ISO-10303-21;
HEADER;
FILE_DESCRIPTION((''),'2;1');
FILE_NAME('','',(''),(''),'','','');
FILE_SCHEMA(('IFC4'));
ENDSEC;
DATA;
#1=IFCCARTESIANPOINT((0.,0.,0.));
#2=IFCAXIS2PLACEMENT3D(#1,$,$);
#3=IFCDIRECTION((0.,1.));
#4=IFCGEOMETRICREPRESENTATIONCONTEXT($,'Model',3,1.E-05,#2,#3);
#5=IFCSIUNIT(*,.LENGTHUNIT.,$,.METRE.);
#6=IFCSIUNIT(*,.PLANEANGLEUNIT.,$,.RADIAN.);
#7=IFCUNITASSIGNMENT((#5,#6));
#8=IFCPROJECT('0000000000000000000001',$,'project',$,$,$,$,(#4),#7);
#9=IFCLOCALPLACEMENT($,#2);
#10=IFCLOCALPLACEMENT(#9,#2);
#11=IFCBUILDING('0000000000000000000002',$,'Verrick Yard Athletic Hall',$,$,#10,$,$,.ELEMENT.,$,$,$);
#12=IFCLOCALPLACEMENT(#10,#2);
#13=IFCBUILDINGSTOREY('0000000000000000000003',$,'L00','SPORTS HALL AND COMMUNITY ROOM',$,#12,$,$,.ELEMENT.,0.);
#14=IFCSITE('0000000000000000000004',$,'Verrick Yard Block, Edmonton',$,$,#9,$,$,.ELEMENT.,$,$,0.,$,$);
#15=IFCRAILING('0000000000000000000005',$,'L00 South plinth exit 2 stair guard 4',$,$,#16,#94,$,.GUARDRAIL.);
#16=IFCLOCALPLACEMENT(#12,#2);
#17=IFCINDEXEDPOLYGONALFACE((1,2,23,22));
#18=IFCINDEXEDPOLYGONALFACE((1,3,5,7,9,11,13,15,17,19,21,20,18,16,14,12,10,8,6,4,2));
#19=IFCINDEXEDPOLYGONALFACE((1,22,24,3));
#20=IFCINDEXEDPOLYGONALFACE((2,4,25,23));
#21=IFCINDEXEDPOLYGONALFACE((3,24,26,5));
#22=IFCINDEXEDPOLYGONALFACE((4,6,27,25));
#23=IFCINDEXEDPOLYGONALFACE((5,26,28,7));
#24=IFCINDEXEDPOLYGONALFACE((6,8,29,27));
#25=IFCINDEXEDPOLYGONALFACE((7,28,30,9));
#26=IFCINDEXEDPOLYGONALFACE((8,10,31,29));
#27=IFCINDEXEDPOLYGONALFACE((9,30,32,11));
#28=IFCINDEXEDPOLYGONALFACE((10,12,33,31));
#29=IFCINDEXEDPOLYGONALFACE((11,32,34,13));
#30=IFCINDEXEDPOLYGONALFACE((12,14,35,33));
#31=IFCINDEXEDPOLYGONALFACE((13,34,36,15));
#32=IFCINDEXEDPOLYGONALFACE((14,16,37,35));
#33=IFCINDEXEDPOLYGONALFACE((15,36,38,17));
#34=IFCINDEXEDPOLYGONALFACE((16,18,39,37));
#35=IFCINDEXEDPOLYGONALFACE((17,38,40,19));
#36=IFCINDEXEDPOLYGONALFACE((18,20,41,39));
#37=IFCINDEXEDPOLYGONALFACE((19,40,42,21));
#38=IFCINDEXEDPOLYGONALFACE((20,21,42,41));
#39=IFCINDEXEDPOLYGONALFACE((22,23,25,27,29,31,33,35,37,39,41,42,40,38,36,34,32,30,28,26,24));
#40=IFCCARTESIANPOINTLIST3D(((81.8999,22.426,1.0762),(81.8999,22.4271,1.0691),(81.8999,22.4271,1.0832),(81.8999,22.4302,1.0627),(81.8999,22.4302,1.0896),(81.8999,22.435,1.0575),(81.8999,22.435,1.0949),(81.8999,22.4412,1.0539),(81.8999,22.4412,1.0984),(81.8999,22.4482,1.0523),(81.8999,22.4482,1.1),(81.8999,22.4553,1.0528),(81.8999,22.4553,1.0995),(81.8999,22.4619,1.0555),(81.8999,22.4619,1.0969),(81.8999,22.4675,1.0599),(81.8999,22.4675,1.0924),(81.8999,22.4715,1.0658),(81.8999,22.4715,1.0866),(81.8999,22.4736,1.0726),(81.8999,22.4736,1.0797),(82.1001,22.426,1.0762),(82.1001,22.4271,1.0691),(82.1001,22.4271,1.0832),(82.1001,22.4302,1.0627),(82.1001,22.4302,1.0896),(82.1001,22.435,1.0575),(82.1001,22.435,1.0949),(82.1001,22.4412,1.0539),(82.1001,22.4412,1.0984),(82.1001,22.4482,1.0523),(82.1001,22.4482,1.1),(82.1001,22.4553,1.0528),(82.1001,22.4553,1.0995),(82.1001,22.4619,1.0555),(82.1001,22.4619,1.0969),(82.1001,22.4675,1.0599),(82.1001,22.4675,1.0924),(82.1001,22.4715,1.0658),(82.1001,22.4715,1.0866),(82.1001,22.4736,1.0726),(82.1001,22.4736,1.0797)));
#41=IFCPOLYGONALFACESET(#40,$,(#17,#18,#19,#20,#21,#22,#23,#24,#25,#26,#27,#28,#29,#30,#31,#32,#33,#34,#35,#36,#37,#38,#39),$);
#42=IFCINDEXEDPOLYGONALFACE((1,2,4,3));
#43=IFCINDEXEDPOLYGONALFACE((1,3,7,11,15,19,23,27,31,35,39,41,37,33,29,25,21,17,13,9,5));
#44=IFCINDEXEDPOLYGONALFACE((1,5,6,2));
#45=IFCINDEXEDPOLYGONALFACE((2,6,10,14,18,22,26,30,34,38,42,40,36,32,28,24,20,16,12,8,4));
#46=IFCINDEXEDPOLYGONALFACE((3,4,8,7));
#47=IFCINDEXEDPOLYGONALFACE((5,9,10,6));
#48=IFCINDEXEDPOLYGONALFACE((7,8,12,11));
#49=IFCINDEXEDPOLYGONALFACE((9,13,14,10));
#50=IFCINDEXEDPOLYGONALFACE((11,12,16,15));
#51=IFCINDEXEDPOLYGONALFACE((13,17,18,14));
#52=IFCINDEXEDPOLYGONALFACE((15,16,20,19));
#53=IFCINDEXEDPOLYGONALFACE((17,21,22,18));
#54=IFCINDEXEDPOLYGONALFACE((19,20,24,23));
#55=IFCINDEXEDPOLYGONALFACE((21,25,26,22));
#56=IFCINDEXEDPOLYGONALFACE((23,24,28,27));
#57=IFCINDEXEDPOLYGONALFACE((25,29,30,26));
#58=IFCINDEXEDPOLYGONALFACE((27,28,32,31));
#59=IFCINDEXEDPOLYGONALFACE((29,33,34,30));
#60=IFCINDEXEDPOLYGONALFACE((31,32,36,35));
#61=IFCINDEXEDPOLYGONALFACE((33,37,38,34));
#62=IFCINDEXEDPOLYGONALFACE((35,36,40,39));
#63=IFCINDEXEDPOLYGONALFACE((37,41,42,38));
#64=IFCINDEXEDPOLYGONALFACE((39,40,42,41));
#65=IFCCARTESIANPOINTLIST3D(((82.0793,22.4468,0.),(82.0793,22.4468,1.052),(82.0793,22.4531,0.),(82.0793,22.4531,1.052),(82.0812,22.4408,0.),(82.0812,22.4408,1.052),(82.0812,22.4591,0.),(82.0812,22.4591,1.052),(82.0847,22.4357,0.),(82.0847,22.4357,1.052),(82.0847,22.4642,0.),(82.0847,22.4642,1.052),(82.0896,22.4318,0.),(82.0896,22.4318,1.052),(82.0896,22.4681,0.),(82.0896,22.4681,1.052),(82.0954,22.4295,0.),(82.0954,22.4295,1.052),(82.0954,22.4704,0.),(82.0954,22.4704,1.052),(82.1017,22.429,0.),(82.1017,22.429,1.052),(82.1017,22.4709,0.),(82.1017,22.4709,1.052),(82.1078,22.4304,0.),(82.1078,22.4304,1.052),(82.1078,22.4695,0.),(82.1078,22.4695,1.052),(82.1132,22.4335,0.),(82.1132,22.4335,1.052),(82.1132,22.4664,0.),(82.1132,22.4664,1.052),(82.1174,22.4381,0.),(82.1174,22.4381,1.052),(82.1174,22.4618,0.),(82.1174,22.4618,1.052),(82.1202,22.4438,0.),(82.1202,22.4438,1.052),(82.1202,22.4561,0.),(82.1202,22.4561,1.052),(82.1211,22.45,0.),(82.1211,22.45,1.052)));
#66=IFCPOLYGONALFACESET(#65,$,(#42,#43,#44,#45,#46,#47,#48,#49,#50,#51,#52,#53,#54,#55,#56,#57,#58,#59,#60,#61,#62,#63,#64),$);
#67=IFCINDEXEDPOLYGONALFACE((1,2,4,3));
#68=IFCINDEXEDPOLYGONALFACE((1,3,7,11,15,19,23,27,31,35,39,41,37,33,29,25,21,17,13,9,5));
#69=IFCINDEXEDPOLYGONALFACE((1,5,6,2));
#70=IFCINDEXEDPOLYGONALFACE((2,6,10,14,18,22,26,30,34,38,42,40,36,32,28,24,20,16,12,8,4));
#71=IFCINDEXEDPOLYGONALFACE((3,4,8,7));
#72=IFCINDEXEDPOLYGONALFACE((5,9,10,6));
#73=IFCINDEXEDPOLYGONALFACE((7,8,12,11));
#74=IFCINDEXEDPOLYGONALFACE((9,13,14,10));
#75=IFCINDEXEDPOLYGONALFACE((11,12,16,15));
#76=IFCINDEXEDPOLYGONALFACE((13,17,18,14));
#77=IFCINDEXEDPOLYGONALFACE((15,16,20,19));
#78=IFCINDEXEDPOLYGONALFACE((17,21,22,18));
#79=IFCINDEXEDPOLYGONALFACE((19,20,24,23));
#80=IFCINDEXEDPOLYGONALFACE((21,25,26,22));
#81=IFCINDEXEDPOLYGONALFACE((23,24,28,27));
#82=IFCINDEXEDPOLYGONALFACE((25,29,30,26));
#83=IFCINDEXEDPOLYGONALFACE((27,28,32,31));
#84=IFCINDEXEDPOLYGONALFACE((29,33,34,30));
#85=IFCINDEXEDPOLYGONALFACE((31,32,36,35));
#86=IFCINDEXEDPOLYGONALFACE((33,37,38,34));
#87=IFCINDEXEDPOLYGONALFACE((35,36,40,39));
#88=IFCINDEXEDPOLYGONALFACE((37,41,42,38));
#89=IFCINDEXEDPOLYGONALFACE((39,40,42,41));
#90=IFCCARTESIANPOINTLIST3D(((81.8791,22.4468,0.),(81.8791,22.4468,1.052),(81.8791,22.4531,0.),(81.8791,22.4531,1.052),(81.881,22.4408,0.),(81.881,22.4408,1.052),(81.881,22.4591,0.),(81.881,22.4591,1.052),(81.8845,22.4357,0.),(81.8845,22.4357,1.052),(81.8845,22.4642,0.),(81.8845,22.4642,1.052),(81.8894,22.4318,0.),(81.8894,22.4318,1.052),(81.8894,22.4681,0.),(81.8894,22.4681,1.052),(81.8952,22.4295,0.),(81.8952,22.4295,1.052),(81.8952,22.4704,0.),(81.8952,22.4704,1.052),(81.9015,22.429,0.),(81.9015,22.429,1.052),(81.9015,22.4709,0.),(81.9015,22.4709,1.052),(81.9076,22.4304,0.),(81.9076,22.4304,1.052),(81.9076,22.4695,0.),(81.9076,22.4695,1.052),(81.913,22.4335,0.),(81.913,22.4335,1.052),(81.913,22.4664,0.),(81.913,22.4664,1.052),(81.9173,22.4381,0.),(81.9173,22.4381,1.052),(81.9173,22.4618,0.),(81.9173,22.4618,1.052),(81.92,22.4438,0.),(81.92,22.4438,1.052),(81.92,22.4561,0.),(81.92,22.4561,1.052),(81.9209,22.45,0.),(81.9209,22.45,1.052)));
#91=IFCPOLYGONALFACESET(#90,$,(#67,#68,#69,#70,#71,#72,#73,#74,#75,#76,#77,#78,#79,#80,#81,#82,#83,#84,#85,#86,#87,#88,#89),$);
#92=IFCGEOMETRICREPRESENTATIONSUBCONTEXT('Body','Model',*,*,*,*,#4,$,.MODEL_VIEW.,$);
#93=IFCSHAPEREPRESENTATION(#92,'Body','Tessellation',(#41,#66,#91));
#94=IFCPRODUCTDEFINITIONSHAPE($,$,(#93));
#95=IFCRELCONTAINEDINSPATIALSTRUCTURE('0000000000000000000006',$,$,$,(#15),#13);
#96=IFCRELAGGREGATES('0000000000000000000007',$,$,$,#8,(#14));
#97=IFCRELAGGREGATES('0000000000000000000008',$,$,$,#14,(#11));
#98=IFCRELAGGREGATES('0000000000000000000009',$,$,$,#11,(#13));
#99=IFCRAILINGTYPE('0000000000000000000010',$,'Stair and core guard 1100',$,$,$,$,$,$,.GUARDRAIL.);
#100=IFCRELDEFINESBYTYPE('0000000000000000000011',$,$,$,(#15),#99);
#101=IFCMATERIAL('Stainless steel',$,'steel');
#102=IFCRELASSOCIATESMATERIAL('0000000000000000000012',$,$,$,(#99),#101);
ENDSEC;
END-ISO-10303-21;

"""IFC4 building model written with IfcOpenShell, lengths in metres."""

from ifc_helpers import new_model, si_unit, direction, frame, origin, origin_2d, place, context, subcontext, project, spatial, circle, extrude, material, type_object, element, save


model = new_model("IFC4")

# Units and contexts
model_context = context("Model", 3, precision=1e-05, world=origin(), true_north=direction((0.0, 1.0)))
body_context = subcontext(model_context, "Body", "Model", "MODEL_VIEW")
ifc_project = project(units=[si_unit("LENGTHUNIT", "METRE"), si_unit("PLANEANGLEUNIT", "RADIAN")], contexts=[model_context])

# Site, building, storey
site_placement = place(None, origin())
site = spatial("IfcSite", under=ifc_project, at=site_placement, Name="Verrick Yard Block, Edmonton", CompositionType="ELEMENT", RefElevation=0.0)
building_placement = place(site_placement, origin())
building = spatial("IfcBuilding", under=site, at=building_placement, Name="Verrick Yard Athletic Hall", CompositionType="ELEMENT")
storey_placement = place(building_placement, origin())
storey = spatial("IfcBuildingStorey", under=building, at=storey_placement, Name="L00", Description="SPORTS HALL AND COMMUNITY ROOM", CompositionType="ELEMENT", Elevation=0.0)

# Railing
ifc_material_1 = material(Name="Stainless steel", Category="steel")
railing_type_1 = type_object("IfcRailingType", Name="Stair and core guard 1100", PredefinedType="GUARDRAIL", material=ifc_material_1)
railing_1_placement = place(storey_placement, frame((82.1001, 22.45, 0.0)))
element("IfcRailing", 1, at=railing_1_placement, inside=storey, type_object=railing_type_1, Name="L00 South plinth exit 2 stair guard 4", PredefinedType="GUARDRAIL", context=body_context, shape_type="SweptSolid", body=[
    extrude(circle(Radius=0.0239, at=origin_2d()), frame((0.0, 0.0, 1.0762), z_axis=(-1.0, 0.0, 0.0), x_axis=(0.0, -1.0, 0.0)), (0.0, 0.0, 1.0), 0.2002),
    extrude(circle(Radius=0.021, at=origin_2d()), origin(), (0.0, 0.0, 1.0), 1.052),
    extrude(circle(Radius=0.021, at=origin_2d()), frame((-0.2002, 0.0, 0.0)), (0.0, 0.0, 1.0), 1.052),
])

save(model, "model.ifc")
